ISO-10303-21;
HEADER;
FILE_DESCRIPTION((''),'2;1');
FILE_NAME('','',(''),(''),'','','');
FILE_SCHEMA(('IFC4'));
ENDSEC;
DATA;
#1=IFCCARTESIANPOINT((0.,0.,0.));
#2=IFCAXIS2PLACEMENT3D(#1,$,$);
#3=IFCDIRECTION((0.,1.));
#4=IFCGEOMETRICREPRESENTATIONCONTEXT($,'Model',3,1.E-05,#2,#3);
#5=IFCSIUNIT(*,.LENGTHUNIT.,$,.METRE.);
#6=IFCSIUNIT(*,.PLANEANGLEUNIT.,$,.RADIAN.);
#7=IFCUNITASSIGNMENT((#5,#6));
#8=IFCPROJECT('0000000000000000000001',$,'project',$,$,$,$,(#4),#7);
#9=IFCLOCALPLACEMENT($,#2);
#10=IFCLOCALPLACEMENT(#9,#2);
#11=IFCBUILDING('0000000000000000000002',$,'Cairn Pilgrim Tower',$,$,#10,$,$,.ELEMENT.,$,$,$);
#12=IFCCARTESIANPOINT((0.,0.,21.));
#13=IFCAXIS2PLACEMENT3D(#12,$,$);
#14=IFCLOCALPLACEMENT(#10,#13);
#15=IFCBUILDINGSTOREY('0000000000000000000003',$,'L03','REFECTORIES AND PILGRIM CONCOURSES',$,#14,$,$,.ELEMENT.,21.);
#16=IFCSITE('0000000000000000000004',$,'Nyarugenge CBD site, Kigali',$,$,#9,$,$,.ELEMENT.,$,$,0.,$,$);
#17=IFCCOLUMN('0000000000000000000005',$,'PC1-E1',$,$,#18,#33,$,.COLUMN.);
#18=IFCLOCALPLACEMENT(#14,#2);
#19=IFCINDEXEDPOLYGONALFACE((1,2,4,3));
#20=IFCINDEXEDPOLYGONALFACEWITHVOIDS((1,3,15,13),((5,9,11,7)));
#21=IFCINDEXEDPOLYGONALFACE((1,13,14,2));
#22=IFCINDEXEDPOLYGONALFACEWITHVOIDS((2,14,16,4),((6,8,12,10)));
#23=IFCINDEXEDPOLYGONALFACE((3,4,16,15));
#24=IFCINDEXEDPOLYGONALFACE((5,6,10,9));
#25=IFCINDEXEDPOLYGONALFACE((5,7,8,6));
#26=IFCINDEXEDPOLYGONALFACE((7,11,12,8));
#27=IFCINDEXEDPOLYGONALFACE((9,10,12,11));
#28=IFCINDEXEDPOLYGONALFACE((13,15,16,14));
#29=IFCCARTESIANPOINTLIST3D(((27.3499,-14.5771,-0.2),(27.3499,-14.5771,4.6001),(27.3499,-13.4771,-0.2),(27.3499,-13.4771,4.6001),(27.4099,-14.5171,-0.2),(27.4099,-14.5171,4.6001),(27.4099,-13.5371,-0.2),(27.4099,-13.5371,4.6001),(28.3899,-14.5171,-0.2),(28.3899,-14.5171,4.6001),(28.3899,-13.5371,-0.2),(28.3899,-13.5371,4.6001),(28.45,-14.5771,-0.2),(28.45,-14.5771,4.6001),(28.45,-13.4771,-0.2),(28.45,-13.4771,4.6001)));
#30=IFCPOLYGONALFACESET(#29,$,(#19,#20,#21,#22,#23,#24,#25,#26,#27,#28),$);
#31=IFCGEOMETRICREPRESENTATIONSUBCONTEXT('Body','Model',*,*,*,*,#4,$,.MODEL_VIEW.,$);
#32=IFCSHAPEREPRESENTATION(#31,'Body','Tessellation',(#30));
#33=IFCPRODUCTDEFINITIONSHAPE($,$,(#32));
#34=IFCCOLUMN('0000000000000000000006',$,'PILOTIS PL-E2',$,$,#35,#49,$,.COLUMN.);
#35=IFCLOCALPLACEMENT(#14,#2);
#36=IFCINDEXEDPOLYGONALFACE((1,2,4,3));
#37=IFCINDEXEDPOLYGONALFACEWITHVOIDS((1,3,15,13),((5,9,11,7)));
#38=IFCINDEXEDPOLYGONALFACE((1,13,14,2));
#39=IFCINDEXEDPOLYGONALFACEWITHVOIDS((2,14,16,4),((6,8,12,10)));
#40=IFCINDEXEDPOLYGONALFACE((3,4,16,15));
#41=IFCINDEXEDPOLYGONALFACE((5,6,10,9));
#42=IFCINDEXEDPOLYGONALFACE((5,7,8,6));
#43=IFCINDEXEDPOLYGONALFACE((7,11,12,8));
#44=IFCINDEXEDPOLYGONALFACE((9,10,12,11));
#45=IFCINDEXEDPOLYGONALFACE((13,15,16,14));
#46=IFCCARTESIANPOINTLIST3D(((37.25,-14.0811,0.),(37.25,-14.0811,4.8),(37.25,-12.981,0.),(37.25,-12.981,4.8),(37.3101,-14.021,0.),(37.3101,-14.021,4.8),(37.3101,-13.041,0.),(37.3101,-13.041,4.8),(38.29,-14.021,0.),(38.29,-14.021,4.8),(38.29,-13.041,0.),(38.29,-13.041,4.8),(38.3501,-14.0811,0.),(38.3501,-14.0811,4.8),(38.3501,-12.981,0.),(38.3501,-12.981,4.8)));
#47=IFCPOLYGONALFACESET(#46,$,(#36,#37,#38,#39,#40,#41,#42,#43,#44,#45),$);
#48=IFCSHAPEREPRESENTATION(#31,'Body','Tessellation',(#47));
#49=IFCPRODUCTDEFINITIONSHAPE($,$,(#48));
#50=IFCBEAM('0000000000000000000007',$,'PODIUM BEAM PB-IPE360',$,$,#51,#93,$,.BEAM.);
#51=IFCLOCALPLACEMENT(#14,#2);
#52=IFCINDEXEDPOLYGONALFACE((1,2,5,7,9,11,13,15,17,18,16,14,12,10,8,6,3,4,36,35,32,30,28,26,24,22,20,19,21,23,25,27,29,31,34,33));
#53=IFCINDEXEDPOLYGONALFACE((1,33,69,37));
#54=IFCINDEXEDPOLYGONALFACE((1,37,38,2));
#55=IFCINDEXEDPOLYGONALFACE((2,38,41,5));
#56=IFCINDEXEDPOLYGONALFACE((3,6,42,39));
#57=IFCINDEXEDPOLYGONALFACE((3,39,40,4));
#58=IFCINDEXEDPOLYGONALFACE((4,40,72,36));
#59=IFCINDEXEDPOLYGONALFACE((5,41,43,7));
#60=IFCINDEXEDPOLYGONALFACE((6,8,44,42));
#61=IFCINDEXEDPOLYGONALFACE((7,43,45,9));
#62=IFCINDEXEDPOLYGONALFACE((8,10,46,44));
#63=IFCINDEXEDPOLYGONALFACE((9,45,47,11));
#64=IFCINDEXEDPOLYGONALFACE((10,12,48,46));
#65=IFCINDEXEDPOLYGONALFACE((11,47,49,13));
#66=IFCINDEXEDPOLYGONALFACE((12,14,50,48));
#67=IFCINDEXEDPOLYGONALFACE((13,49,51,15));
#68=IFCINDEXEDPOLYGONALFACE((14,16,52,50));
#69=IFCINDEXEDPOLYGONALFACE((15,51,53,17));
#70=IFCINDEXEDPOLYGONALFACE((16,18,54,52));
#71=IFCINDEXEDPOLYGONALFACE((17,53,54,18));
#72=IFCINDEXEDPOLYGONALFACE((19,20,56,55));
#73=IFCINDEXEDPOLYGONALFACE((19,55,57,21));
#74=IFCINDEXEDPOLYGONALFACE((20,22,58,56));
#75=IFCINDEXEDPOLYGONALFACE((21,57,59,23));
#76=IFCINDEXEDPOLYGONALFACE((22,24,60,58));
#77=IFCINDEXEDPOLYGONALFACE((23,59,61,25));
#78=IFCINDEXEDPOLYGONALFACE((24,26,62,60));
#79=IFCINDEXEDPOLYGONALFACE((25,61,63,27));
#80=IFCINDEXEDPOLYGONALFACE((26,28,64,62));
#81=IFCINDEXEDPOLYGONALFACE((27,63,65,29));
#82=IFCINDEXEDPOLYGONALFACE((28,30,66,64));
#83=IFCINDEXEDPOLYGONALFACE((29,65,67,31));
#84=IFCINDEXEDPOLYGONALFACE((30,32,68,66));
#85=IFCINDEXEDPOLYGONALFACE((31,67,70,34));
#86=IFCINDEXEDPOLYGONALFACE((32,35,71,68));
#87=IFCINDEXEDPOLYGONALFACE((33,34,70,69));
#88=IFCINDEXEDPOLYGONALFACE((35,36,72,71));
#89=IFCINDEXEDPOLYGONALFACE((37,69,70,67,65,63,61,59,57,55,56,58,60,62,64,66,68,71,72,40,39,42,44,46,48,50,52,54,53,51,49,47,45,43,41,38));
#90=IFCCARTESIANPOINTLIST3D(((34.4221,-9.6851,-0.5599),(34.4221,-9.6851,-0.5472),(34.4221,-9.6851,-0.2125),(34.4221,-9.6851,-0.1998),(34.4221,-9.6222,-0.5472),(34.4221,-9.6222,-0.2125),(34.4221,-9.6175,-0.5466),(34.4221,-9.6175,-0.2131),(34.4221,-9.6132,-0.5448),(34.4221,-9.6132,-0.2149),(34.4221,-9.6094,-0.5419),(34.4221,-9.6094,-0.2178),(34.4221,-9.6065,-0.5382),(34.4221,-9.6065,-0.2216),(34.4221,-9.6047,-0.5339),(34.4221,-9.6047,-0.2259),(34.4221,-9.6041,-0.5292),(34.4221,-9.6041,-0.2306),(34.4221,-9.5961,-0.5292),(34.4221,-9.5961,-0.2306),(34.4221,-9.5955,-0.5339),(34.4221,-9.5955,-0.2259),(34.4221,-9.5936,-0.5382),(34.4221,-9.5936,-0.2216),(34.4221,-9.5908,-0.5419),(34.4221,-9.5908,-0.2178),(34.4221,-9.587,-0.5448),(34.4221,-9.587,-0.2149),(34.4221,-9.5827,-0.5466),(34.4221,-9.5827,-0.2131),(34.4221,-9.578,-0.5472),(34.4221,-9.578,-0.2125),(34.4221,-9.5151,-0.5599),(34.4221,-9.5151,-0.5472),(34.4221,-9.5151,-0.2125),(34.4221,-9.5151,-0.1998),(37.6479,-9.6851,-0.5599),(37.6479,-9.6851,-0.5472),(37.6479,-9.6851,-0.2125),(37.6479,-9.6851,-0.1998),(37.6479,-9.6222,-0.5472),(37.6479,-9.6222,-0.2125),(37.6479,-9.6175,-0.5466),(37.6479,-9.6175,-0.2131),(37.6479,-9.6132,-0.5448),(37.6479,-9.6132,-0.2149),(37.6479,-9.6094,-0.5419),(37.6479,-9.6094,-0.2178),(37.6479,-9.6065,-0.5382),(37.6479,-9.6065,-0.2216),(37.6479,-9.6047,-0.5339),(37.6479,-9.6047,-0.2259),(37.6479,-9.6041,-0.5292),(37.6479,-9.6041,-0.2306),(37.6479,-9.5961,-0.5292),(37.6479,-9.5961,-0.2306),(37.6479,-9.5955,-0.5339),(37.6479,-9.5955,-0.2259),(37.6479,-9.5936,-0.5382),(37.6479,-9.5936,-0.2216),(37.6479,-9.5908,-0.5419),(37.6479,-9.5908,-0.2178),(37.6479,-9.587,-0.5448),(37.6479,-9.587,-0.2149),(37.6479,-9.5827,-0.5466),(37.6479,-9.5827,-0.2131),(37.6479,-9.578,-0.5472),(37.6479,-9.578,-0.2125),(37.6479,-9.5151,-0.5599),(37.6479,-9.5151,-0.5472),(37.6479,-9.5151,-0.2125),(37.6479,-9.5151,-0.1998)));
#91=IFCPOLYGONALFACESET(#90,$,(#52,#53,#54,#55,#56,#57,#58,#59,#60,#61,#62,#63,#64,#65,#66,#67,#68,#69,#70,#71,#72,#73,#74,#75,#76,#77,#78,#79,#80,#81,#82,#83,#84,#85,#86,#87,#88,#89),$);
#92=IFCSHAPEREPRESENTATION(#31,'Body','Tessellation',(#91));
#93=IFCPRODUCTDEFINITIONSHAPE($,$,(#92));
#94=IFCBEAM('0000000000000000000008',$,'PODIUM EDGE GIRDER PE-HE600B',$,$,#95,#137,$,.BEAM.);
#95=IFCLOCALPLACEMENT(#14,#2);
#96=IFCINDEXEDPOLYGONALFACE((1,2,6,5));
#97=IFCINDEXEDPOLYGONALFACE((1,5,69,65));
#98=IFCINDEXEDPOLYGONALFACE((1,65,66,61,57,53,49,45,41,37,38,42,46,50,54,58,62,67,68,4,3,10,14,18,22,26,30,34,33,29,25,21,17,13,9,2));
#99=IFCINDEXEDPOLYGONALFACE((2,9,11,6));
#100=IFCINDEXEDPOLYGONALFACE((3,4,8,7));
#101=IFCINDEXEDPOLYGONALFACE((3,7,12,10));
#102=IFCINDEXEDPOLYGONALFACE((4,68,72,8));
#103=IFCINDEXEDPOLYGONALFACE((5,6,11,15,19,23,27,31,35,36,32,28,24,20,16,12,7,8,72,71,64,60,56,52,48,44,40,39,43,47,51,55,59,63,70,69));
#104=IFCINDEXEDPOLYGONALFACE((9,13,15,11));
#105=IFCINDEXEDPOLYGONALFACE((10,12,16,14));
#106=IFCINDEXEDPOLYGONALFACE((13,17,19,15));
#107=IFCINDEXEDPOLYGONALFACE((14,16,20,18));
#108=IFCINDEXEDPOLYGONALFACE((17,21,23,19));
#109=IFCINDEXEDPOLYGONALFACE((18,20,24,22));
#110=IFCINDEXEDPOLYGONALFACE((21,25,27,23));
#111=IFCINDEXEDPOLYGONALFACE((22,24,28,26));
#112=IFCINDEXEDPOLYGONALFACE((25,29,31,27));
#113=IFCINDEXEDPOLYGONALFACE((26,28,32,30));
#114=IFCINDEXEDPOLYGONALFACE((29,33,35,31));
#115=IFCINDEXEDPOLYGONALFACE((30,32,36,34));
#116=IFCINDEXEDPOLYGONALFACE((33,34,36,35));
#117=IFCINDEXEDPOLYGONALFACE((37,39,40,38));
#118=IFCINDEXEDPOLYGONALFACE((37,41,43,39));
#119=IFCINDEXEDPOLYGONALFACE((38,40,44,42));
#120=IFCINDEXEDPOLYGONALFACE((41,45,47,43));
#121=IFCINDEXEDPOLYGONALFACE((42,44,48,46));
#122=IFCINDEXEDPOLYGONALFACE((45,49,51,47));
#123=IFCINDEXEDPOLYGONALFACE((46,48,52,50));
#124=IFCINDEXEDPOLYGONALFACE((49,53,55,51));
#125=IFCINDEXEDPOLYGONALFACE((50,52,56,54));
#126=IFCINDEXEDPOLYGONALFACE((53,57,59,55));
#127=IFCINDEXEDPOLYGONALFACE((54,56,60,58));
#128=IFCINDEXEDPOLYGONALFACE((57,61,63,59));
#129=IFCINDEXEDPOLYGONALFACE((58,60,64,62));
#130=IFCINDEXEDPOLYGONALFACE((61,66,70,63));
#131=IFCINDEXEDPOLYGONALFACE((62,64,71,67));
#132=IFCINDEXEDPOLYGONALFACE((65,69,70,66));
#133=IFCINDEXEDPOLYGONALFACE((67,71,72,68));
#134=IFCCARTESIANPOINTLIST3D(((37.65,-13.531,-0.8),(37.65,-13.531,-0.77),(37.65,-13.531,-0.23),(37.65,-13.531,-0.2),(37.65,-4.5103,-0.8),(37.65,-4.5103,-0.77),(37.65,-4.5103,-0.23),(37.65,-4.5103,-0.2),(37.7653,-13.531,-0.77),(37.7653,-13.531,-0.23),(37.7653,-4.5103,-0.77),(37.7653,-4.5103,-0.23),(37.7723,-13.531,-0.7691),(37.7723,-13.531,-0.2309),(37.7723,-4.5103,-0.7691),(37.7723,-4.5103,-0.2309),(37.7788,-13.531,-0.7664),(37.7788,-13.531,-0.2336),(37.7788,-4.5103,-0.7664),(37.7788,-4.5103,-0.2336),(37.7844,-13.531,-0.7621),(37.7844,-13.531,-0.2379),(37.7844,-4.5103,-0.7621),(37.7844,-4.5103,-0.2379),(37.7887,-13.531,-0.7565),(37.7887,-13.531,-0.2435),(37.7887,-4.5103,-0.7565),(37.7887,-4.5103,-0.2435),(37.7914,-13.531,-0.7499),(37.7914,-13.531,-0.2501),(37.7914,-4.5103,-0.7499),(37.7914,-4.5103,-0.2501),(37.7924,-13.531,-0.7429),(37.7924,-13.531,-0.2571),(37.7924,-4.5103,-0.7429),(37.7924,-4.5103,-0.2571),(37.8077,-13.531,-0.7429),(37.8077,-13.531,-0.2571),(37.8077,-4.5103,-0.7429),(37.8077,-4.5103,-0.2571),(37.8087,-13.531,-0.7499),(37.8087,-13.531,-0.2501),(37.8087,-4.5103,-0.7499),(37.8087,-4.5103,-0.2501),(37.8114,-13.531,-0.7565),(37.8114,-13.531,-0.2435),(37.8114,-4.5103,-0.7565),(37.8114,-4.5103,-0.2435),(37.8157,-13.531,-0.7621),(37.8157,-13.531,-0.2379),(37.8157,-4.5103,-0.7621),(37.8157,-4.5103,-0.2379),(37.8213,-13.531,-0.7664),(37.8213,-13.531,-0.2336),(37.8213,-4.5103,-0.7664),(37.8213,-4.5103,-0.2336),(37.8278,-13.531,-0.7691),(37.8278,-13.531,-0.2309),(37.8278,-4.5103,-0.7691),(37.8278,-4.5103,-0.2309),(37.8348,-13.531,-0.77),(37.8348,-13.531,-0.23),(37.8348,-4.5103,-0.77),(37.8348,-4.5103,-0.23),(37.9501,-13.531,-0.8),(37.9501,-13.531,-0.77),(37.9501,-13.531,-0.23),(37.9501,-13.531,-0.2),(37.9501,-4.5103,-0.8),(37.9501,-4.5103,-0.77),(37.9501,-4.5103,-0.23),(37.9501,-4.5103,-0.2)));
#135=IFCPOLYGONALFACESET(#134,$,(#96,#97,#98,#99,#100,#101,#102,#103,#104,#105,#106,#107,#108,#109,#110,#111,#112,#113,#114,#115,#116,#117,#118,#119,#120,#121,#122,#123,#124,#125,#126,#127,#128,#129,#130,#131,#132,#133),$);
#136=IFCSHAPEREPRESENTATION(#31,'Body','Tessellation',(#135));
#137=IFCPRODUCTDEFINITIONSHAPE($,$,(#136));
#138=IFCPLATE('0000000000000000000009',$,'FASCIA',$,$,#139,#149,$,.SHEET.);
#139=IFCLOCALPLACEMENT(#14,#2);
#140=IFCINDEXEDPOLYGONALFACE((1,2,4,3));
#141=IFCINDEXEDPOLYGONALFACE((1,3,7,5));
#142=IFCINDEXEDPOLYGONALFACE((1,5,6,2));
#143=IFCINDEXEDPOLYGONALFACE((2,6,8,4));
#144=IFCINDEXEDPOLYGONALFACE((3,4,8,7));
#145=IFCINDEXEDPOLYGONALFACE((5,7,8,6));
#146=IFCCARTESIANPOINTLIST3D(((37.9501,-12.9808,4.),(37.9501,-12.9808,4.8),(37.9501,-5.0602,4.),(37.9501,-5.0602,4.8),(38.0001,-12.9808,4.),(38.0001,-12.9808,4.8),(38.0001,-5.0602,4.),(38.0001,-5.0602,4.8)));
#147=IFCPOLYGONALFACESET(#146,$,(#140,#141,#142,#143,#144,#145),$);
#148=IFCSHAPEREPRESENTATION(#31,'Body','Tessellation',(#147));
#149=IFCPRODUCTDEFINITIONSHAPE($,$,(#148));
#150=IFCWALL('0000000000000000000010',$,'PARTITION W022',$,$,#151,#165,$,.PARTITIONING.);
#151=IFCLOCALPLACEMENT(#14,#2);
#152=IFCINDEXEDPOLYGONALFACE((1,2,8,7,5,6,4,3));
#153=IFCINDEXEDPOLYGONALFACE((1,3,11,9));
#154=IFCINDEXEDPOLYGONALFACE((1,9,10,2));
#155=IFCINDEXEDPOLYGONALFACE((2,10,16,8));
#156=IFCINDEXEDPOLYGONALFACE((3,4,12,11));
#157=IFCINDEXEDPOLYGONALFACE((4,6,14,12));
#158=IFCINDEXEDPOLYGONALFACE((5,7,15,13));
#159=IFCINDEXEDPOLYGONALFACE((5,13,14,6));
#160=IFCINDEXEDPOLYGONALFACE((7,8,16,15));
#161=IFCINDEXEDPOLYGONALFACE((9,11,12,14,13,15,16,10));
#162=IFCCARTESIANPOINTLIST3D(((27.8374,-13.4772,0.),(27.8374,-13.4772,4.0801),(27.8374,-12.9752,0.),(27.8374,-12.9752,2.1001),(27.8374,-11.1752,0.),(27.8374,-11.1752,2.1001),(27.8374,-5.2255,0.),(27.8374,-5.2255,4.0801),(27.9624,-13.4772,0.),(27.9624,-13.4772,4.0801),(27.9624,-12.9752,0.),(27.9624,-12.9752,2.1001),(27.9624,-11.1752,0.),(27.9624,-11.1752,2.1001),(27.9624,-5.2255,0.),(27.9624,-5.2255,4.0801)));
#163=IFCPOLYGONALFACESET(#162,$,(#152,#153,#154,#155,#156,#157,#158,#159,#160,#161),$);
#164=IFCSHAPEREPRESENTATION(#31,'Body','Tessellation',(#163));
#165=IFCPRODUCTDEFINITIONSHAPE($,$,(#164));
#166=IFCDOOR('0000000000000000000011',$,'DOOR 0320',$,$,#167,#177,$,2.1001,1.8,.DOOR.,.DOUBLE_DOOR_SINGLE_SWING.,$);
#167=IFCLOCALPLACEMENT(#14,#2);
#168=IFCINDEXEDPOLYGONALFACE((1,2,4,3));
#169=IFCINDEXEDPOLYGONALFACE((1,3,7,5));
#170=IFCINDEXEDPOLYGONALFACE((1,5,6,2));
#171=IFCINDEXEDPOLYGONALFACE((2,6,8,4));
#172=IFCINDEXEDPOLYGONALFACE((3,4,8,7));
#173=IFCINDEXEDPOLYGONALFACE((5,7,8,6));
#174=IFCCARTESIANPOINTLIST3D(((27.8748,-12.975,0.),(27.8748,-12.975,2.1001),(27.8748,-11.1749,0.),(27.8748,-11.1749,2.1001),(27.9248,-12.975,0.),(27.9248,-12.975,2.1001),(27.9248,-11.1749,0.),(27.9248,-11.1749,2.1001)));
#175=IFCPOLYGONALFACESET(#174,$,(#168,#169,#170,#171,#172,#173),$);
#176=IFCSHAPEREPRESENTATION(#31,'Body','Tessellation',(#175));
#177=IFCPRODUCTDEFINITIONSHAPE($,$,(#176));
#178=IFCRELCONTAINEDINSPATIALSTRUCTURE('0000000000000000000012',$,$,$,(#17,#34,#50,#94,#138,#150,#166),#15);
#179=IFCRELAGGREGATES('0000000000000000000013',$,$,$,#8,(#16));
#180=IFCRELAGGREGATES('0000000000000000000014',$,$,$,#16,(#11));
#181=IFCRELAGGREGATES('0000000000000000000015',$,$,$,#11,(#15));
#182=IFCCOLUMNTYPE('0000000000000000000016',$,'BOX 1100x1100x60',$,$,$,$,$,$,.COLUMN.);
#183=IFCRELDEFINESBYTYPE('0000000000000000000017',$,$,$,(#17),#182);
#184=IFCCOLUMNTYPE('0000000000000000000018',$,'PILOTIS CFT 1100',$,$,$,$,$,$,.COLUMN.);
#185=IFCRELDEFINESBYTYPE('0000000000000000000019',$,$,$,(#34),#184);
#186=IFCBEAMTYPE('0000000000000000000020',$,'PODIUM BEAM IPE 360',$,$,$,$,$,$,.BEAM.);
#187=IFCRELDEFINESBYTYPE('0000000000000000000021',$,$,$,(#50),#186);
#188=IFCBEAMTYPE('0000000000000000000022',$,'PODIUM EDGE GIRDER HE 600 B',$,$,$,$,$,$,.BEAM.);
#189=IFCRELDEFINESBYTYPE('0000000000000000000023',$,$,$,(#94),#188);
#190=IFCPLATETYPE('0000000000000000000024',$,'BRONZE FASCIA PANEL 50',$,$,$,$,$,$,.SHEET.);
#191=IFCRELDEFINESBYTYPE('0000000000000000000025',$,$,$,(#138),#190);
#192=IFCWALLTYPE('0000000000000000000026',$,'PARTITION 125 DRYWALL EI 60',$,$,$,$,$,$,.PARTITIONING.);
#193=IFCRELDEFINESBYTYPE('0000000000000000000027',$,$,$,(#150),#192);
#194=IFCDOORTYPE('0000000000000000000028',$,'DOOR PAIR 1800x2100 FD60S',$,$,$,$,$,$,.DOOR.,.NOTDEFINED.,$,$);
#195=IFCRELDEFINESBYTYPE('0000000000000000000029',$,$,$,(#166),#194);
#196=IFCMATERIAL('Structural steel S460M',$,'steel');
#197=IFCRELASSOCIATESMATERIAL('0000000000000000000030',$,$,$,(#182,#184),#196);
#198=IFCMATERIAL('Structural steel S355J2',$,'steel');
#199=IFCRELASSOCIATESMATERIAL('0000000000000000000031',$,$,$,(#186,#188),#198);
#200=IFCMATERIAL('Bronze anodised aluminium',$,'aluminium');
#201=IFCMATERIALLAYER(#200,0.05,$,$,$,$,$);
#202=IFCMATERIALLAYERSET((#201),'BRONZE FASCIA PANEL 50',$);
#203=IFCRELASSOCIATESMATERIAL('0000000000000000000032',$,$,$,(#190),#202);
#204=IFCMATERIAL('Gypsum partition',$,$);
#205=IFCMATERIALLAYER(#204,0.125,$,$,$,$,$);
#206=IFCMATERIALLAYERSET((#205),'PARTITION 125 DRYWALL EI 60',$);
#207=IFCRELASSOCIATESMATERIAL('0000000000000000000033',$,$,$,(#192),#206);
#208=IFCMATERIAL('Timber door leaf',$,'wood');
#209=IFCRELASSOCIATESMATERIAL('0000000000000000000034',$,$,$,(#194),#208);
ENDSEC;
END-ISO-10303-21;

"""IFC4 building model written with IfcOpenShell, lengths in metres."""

from ifc_helpers import new_model, si_unit, direction, frame, frame_2d, origin, origin_2d, place, context, subcontext, project, spatial, rectangle, hollow_rectangle, i_section, extrude, material, layer, layer_set, material_profile, profile_set, type_object, element, fill, save


model = new_model("IFC4")

# Units and contexts
model_context = context("Model", 3, precision=1e-05, world=origin(), true_north=direction((0.0, 1.0)))
body_context = subcontext(model_context, "Body", "Model", "MODEL_VIEW")
ifc_project = project(units=[si_unit("LENGTHUNIT", "METRE"), si_unit("PLANEANGLEUNIT", "RADIAN")], contexts=[model_context])

# Site, building, storey
site_placement = place(None, origin())
site = spatial("IfcSite", under=ifc_project, at=site_placement, Name="Nyarugenge CBD site, Kigali", CompositionType="ELEMENT", RefElevation=0.0)
building_placement = place(site_placement, origin())
building = spatial("IfcBuilding", under=site, at=building_placement, Name="Cairn Pilgrim Tower", CompositionType="ELEMENT")
storey_placement = place(building_placement, frame((0.0, 0.0, 21.0)))
storey = spatial("IfcBuildingStorey", under=building, at=storey_placement, Name="L03", Description="REFECTORIES AND PILGRIM CONCOURSES", CompositionType="ELEMENT", Elevation=21.0)

# Columns
ifc_material_1 = material(Name="Structural steel S460M", Category="steel")
ifc_material_profile_1 = material_profile(ifc_material_1, hollow_rectangle(XDim=1.1001, YDim=1.1001, WallThickness=0.0601, at=origin_2d()), Name="BOX 1100x1100x60")
ifc_profile_set_1 = profile_set([ifc_material_profile_1], Name="Structural steel S460M")
column_type_1 = type_object("IfcColumnType", Name="BOX 1100x1100x60", PredefinedType="COLUMN", material=ifc_profile_set_1)
column_1_placement = place(storey_placement, frame((27.8999, -14.0271, -0.2), z_axis=(0.0, 0.0, 1.0), x_axis=(1.0, 0.0, 0.0)))
element("IfcColumn", 1, at=column_1_placement, inside=storey, type_object=column_type_1, Name="PC1-E1", PredefinedType="COLUMN", context=body_context, shape_type="SweptSolid", body=[
    extrude(hollow_rectangle(XDim=1.1001, YDim=1.1001, WallThickness=0.0601, at=origin_2d()), origin(), (0.0, 0.0, 1.0), 4.8),
])
ifc_material_profile_2 = material_profile(ifc_material_1, hollow_rectangle(XDim=1.1001, YDim=1.1001, WallThickness=0.0601, at=origin_2d()), Name="BOX 1100x1100x60")
ifc_profile_set_2 = profile_set([ifc_material_profile_2], Name="Structural steel S460M")
column_type_2 = type_object("IfcColumnType", Name="PILOTIS CFT 1100", PredefinedType="COLUMN", material=ifc_profile_set_2)
column_2_placement = place(storey_placement, frame((37.8, -13.531, 0.0), z_axis=(0.0, 0.0, 1.0), x_axis=(1.0, 0.0, 0.0)))
element("IfcColumn", 2, at=column_2_placement, inside=storey, type_object=column_type_2, Name="PILOTIS PL-E2", PredefinedType="COLUMN", context=body_context, shape_type="SweptSolid", body=[
    extrude(hollow_rectangle(XDim=1.1001, YDim=1.1001, WallThickness=0.0601, at=origin_2d()), origin(), (0.0, 0.0, 1.0), 4.8),
])

# Beams
ifc_material_2 = material(Name="Structural steel S355J2", Category="steel")
ifc_material_profile_3 = material_profile(ifc_material_2, i_section(OverallWidth=0.1699, OverallDepth=0.3601, WebThickness=0.0081, FlangeThickness=0.0127, FilletRadius=0.0181, at=origin_2d()), Name="IPE 360")
ifc_profile_set_3 = profile_set([ifc_material_profile_3], Name="Structural steel S355J2")
beam_type_1 = type_object("IfcBeamType", Name="PODIUM BEAM IPE 360", PredefinedType="BEAM", material=ifc_profile_set_3)
beam_1_placement = place(storey_placement, frame((34.4221, -9.6001, -0.3799), z_axis=(1.0, 0.0, 0.0), x_axis=(0.0, 1.0, 0.0)))
element("IfcBeam", 3, at=beam_1_placement, inside=storey, type_object=beam_type_1, Name="PODIUM BEAM PB-IPE360", PredefinedType="BEAM", context=body_context, shape_type="SweptSolid", body=[
    extrude(i_section(OverallWidth=0.1699, OverallDepth=0.3601, WebThickness=0.0081, FlangeThickness=0.0127, FilletRadius=0.0181, at=origin_2d()), origin(), (0.0, 0.0, 1.0), 3.2258),
])
ifc_material_profile_4 = material_profile(ifc_material_2, i_section(OverallWidth=0.3, OverallDepth=0.6001, WebThickness=0.0154, FlangeThickness=0.03, FilletRadius=0.0271, at=origin_2d()), Name="HEB 600")
ifc_profile_set_4 = profile_set([ifc_material_profile_4], Name="Structural steel S355J2")
beam_type_2 = type_object("IfcBeamType", Name="PODIUM EDGE GIRDER HE 600 B", PredefinedType="BEAM", material=ifc_profile_set_4)
beam_2_placement = place(storey_placement, frame((37.8, -13.531, -0.5), z_axis=(0.0, 1.0, 0.0), x_axis=(-1.0, 0.0, 0.0)))
element("IfcBeam", 4, at=beam_2_placement, inside=storey, type_object=beam_type_2, Name="PODIUM EDGE GIRDER PE-HE600B", PredefinedType="BEAM", context=body_context, shape_type="SweptSolid", body=[
    extrude(i_section(OverallWidth=0.3, OverallDepth=0.6001, WebThickness=0.0154, FlangeThickness=0.03, FilletRadius=0.0271, at=origin_2d()), origin(), (0.0, 0.0, 1.0), 9.0208),
])

# Plate
ifc_material_3 = material(Name="Bronze anodised aluminium", Category="aluminium")
ifc_layer_1 = layer(ifc_material_3, 0.05)
ifc_layer_set_1 = layer_set([ifc_layer_1], Name="BRONZE FASCIA PANEL 50")
plate_type = type_object("IfcPlateType", Name="BRONZE FASCIA PANEL 50", PredefinedType="SHEET", material=ifc_layer_set_1)
plate_placement = place(storey_placement, frame((37.9751, -9.0205, 4.0), z_axis=(0.0, 0.0, 1.0), x_axis=(0.0, 1.0, 0.0)))
element("IfcPlate", 5, at=plate_placement, inside=storey, type_object=plate_type, Name="FASCIA", PredefinedType="SHEET", context=body_context, shape_type="SweptSolid", body=[
    extrude(rectangle(XDim=7.9207, YDim=0.05, at=origin_2d()), origin(), (0.0, 0.0, 1.0), 0.8),
])

# Wall, opening, door
ifc_material_4 = material(Name="Gypsum partition")
ifc_layer_2 = layer(ifc_material_4, 0.125)
ifc_layer_set_2 = layer_set([ifc_layer_2], Name="PARTITION 125 DRYWALL EI 60")
wall_type_1 = type_object("IfcWallType", Name="PARTITION 125 DRYWALL EI 60", PredefinedType="PARTITIONING", material=ifc_layer_set_2)
wall_1_placement = place(storey_placement, frame((27.8999, -13.4773, 0.0), z_axis=(0.0, 0.0, 1.0), x_axis=(0.0, 1.0, 0.0)))
wall_1 = element("IfcWall", 6, at=wall_1_placement, inside=storey, type_object=wall_type_1, Name="PARTITION W022", PredefinedType="PARTITIONING", context=body_context, shape_type="SweptSolid", body=[
    extrude(rectangle(XDim=8.2517, YDim=0.125, at=frame_2d((4.126, 0.0))), origin(), (0.0, 0.0, 1.0), 4.0801),
])
opening_1_placement = place(wall_1_placement, frame((0.5022, 0.0, 0.0)))
opening_1 = element("IfcOpeningElement", 7, at=opening_1_placement, cuts=wall_1, PredefinedType="OPENING", context=body_context, shape_type="SweptSolid", body=[
    extrude(rectangle(XDim=1.8, YDim=2.1001, at=frame_2d((0.8999, 1.05))), frame((0.0, 0.0725, 0.0), z_axis=(0.0, -1.0, 0.0), x_axis=(1.0, 0.0, 0.0)), (0.0, 0.0, 1.0), 0.145),
])
ifc_material_5 = material(Name="Timber door leaf", Category="wood")
door_type_1 = type_object("IfcDoorType", Name="DOOR PAIR 1800x2100 FD60S", OperationType="NOTDEFINED", PredefinedType="DOOR", material=ifc_material_5)
door_1_placement = place(opening_1_placement, frame((1.8, 0.0, 0.0), z_axis=(0.0, 0.0, 1.0), x_axis=(-1.0, 0.0, 0.0)))
door_1 = element("IfcDoor", 8, at=door_1_placement, inside=storey, type_object=door_type_1, Name="DOOR 0320", OperationType="DOUBLE_DOOR_SINGLE_SWING", OverallHeight=2.1001, OverallWidth=1.8, PredefinedType="DOOR", context=body_context, shape_type="SweptSolid", body=[
    extrude(rectangle(XDim=1.8, YDim=2.1001, at=frame_2d((0.8999, 1.05))), frame((0.0, 0.0249, 0.0), z_axis=(0.0, -1.0, 0.0), x_axis=(1.0, 0.0, 0.0)), (0.0, 0.0, 1.0), 0.05),
])
fill(opening_1, door_1)

save(model, "model.ifc")
